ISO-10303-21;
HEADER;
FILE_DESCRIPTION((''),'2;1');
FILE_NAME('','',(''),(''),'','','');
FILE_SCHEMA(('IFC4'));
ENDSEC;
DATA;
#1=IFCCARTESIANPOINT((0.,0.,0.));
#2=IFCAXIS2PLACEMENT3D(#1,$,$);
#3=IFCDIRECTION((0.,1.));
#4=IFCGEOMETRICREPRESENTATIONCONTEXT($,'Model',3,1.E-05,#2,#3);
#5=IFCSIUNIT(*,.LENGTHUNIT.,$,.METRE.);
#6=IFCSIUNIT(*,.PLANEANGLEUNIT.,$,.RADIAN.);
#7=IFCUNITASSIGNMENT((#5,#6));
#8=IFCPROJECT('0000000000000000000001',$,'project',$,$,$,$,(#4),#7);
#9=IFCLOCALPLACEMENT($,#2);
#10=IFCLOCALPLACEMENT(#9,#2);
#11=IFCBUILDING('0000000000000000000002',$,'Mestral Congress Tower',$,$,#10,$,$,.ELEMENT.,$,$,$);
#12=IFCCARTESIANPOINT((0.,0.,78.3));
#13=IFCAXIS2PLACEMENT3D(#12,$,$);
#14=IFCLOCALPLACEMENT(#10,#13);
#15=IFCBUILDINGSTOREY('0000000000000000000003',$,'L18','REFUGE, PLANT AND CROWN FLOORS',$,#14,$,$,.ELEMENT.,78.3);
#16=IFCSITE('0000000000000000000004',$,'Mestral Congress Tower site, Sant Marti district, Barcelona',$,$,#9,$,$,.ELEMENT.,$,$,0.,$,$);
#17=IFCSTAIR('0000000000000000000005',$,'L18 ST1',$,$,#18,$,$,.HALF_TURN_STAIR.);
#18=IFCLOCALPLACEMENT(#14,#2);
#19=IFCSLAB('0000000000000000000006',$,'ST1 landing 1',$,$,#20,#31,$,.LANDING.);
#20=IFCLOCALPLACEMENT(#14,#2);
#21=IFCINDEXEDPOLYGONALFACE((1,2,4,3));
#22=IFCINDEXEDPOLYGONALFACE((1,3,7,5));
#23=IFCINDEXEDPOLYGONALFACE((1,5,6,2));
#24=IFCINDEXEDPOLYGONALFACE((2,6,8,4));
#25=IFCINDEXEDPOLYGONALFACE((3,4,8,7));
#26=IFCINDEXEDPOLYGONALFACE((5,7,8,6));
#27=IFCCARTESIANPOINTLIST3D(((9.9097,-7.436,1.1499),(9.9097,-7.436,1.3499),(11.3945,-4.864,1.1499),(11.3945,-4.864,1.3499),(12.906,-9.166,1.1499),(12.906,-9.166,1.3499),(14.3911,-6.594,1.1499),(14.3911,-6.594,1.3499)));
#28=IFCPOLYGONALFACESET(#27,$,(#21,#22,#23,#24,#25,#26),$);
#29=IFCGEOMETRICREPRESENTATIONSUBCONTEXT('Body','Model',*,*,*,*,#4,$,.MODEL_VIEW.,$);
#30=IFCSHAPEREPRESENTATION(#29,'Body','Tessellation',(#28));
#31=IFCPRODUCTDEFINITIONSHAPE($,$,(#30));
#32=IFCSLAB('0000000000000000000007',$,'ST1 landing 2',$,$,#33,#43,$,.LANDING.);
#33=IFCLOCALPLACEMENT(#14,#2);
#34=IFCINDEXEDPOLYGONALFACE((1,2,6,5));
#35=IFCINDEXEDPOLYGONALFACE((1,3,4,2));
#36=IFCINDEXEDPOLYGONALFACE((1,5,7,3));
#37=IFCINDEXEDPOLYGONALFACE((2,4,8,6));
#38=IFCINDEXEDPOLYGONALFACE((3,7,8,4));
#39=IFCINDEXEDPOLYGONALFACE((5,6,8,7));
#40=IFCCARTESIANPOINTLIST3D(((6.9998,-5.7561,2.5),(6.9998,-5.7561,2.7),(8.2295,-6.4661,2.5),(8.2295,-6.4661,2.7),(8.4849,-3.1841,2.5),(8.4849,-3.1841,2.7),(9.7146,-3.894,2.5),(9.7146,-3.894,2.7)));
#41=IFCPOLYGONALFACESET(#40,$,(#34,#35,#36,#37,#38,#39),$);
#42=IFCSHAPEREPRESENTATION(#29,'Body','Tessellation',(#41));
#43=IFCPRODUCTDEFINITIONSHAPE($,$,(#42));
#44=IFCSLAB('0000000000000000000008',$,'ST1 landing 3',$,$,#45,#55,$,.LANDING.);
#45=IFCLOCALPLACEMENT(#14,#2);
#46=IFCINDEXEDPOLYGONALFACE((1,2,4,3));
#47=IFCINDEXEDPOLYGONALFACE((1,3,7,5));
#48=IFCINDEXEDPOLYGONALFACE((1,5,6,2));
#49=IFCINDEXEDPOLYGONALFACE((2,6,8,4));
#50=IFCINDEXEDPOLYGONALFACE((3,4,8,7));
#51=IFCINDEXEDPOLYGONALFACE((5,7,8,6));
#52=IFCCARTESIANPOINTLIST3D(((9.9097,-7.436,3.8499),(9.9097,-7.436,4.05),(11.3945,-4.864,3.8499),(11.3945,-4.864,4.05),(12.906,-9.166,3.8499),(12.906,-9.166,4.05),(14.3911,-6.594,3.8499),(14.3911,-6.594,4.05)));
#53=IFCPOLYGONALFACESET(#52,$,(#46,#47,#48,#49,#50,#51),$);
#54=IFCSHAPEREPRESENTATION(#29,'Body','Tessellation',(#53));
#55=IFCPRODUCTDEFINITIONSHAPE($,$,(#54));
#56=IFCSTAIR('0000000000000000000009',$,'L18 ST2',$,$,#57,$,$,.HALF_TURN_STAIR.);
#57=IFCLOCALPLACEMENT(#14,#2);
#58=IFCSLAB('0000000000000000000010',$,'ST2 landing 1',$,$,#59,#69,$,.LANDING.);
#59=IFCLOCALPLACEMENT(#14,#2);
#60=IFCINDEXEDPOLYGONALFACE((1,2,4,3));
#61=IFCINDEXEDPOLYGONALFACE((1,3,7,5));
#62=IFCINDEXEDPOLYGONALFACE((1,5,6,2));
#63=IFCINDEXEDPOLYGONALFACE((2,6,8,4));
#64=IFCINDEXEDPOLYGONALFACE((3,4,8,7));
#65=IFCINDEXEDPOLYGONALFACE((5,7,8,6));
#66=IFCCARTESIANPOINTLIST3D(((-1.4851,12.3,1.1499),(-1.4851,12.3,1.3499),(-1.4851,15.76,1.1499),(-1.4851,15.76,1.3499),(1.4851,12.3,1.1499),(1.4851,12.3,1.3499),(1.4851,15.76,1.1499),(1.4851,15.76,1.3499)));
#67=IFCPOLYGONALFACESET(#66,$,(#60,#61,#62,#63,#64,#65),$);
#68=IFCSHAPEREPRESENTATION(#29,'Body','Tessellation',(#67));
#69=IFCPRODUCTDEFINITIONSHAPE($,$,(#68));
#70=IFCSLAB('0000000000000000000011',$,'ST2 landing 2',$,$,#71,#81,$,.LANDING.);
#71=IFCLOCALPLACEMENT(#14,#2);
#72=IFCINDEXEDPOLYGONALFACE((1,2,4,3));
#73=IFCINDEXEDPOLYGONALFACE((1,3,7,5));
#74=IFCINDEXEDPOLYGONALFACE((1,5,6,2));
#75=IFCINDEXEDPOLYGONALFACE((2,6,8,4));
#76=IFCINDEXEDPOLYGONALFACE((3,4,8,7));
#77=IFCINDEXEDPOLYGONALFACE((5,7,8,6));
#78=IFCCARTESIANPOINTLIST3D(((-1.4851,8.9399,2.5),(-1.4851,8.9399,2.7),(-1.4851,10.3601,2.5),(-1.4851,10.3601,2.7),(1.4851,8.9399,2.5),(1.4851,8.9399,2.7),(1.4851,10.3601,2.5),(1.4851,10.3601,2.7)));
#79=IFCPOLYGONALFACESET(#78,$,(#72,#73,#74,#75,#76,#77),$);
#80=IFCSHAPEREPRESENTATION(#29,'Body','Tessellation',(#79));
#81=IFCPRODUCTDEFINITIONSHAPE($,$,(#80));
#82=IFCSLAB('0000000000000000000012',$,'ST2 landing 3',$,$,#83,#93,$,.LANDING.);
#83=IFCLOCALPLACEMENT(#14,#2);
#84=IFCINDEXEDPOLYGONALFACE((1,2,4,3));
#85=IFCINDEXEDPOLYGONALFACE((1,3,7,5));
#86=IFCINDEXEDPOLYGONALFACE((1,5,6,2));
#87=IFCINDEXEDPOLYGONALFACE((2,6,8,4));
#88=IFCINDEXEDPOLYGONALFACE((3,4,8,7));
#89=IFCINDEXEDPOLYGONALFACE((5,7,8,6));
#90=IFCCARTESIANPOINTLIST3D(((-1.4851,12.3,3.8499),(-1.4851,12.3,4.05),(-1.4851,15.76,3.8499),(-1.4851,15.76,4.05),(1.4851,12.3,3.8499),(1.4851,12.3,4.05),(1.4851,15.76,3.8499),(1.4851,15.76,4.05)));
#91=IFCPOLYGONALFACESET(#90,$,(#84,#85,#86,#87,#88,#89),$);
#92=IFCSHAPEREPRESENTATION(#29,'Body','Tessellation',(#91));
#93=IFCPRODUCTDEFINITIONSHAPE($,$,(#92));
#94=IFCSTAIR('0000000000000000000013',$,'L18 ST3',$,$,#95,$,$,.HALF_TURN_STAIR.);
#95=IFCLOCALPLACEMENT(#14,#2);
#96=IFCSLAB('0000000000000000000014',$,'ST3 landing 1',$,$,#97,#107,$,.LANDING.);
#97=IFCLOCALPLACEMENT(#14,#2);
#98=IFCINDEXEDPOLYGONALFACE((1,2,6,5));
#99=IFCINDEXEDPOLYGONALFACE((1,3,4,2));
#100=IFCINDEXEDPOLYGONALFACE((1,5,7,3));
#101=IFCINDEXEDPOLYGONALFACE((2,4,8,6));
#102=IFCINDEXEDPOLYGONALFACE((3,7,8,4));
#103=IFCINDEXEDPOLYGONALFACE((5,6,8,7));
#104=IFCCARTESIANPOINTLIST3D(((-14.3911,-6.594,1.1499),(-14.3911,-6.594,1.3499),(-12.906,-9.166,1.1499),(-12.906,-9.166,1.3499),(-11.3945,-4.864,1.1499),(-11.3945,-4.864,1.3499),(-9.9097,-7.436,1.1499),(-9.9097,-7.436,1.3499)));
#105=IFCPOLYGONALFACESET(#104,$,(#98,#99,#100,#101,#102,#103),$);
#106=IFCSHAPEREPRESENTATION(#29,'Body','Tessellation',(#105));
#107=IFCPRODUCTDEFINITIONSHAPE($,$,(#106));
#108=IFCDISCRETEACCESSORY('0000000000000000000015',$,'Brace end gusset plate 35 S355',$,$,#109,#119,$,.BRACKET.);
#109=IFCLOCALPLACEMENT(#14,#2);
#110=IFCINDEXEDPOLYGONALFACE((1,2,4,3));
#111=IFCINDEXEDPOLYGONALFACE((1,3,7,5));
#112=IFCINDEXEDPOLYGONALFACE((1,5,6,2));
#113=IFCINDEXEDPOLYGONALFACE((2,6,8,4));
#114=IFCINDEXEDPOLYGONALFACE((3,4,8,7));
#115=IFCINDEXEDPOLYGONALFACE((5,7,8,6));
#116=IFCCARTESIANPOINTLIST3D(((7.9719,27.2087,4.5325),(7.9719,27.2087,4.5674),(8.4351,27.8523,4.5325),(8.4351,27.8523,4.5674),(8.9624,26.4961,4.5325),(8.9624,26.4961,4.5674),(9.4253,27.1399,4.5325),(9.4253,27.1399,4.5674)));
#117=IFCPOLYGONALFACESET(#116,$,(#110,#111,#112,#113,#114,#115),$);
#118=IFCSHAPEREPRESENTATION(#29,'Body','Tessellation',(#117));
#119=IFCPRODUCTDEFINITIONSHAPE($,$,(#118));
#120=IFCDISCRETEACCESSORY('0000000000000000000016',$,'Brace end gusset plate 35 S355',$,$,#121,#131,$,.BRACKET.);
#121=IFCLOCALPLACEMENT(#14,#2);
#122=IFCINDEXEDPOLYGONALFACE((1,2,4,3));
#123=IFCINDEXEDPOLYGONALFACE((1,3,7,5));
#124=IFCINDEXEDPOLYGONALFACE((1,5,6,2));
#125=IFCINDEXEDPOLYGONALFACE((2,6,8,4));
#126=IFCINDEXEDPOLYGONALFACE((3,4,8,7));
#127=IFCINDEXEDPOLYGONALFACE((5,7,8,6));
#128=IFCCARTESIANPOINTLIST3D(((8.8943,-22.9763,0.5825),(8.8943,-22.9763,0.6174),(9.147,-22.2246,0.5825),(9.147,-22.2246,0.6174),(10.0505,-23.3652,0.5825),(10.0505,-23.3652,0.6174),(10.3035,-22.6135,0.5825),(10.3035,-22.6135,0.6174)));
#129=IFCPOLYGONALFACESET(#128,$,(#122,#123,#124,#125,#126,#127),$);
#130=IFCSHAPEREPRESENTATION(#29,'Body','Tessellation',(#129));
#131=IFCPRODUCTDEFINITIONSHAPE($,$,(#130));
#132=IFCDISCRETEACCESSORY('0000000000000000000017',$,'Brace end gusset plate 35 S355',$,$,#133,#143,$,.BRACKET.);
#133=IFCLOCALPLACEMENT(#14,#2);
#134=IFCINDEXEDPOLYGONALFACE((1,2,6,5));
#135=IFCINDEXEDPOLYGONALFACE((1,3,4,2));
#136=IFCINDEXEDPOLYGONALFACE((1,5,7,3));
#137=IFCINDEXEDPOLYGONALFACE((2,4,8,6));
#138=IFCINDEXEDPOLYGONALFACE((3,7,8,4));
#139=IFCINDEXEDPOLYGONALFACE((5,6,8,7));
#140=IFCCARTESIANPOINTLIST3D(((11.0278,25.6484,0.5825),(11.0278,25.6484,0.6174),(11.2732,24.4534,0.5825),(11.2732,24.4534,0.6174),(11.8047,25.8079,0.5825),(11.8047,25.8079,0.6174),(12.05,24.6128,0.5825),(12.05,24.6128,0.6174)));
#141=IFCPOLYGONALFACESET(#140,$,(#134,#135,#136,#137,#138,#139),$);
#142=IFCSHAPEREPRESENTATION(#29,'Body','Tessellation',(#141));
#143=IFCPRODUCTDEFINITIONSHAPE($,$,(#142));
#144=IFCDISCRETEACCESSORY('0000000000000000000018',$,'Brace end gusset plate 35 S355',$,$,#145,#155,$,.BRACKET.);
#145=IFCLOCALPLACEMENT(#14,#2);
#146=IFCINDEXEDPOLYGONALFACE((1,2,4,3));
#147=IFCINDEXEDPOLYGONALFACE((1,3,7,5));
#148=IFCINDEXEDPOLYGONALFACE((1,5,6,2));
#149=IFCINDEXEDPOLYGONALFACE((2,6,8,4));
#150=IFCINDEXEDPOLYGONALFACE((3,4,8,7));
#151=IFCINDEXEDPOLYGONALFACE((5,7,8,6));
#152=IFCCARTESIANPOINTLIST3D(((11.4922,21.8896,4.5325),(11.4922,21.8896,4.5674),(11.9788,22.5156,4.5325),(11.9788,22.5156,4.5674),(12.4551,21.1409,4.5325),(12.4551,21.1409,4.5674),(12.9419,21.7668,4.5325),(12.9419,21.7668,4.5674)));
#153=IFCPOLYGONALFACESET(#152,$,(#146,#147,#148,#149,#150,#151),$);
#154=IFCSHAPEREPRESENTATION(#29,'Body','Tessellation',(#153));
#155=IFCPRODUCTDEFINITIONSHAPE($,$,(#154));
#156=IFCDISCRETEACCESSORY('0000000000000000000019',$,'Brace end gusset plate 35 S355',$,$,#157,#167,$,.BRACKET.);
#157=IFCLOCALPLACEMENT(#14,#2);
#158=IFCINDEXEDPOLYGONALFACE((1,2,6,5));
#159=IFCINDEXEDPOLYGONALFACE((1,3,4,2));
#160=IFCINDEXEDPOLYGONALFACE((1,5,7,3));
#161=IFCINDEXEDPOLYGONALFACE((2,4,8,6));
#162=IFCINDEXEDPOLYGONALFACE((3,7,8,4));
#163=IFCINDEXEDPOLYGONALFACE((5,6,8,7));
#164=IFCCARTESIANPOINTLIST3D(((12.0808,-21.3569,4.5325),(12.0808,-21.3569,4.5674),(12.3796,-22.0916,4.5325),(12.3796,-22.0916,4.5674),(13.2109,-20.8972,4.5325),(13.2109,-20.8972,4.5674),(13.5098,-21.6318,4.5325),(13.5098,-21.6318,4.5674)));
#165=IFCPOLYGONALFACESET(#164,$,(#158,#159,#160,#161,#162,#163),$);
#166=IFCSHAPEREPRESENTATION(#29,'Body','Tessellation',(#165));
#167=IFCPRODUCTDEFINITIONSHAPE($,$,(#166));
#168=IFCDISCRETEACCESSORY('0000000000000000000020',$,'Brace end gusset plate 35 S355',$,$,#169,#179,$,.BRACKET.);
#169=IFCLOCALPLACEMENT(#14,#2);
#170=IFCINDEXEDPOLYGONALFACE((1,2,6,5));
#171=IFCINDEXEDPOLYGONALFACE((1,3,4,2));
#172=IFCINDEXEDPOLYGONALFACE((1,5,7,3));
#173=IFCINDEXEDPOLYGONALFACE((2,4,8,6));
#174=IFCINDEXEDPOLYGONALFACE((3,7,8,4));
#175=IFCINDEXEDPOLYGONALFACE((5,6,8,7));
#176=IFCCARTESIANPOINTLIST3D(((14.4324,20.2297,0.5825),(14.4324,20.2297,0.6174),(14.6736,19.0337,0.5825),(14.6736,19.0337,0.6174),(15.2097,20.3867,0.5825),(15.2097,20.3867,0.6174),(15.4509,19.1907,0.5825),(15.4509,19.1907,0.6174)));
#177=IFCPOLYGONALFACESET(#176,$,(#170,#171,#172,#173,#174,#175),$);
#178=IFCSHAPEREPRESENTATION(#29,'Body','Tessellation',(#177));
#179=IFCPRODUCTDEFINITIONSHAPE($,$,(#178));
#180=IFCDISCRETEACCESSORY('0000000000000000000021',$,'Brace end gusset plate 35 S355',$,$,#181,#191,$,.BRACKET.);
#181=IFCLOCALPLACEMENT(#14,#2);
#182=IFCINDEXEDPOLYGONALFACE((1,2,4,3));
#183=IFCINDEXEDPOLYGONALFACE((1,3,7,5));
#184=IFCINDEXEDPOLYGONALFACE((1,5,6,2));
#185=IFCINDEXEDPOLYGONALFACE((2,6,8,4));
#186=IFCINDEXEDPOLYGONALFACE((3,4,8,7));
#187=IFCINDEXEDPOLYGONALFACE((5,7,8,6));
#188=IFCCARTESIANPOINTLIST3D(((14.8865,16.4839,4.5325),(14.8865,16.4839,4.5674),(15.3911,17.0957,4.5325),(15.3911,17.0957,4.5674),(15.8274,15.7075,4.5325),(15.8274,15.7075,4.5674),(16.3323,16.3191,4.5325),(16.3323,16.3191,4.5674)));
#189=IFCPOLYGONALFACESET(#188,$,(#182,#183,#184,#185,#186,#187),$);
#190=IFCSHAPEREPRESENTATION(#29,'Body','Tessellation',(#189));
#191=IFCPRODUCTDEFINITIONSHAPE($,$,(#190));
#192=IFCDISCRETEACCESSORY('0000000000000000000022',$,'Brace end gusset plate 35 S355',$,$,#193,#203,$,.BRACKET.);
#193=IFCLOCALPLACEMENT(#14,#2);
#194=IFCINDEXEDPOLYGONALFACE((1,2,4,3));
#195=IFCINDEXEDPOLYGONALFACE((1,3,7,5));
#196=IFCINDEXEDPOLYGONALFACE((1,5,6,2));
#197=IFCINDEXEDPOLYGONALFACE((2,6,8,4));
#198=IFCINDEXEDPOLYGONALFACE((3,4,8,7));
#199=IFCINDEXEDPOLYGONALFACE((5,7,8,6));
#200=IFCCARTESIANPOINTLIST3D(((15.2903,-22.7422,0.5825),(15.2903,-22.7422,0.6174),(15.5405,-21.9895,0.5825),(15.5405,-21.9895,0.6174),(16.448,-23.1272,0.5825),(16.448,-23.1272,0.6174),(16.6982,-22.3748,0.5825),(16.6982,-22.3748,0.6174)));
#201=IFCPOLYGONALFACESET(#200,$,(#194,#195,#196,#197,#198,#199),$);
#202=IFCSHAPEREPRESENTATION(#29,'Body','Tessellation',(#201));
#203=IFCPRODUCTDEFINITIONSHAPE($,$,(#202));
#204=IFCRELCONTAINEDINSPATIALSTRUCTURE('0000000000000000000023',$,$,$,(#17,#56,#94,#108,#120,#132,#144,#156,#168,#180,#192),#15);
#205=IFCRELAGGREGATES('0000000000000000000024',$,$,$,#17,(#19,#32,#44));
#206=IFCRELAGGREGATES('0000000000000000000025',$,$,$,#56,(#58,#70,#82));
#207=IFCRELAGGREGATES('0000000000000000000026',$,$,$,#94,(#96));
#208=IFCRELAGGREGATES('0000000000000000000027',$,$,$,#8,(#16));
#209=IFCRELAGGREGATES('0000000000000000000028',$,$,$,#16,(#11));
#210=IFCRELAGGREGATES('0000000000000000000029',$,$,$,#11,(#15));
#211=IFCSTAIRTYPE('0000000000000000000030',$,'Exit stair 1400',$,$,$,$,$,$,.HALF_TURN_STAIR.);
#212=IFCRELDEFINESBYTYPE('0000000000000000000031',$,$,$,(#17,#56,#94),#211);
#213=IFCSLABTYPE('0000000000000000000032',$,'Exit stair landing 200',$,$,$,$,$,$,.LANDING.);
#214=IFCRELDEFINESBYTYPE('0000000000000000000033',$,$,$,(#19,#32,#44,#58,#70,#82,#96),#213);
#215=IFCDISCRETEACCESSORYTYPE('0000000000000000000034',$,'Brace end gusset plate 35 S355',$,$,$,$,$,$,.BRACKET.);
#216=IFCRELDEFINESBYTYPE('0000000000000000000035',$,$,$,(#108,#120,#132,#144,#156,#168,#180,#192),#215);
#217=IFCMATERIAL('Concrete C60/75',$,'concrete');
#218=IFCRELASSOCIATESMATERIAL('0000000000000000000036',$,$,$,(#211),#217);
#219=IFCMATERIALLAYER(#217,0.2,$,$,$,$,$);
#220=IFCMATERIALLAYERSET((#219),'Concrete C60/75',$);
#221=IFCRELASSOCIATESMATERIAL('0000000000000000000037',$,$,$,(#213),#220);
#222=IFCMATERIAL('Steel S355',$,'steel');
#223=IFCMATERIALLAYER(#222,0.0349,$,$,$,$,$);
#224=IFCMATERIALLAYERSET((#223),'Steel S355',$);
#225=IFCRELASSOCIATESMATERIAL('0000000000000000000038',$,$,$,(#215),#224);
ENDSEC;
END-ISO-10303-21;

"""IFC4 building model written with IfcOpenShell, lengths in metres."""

from ifc_helpers import new_model, si_unit, direction, frame, origin, place, context, subcontext, project, spatial, polyline, outline, extrude, material, layer, layer_set, type_object, element, aggregate, save


model = new_model("IFC4")

# Units and contexts
model_context = context("Model", 3, precision=1e-05, world=origin(), true_north=direction((0.0, 1.0)))
body_context = subcontext(model_context, "Body", "Model", "MODEL_VIEW")
ifc_project = project(units=[si_unit("LENGTHUNIT", "METRE"), si_unit("PLANEANGLEUNIT", "RADIAN")], contexts=[model_context])

# Site, building, storey
site_placement = place(None, origin())
site = spatial("IfcSite", under=ifc_project, at=site_placement, Name="Mestral Congress Tower site, Sant Marti district, Barcelona", CompositionType="ELEMENT", RefElevation=0.0)
building_placement = place(site_placement, origin())
building = spatial("IfcBuilding", under=site, at=building_placement, Name="Mestral Congress Tower", CompositionType="ELEMENT")
storey_placement = place(building_placement, frame((0.0, 0.0, 78.3)))
storey = spatial("IfcBuildingStorey", under=building, at=storey_placement, Name="L18", Description="REFUGE, PLANT AND CROWN FLOORS", CompositionType="ELEMENT", Elevation=78.3)

# Stairs, slabs
ifc_material_1 = material(Name="Concrete C60/75", Category="concrete")
stair_type = type_object("IfcStairType", Name="Exit stair 1400", PredefinedType="HALF_TURN_STAIR", material=ifc_material_1)
placement_1 = place(storey_placement, origin())
stair_1 = element("IfcStair", 1, at=placement_1, inside=storey, type_object=stair_type, Name="L18 ST1", PredefinedType="HALF_TURN_STAIR")
ifc_layer_1 = layer(ifc_material_1, 0.2)
ifc_layer_set_1 = layer_set([ifc_layer_1], Name="Concrete C60/75")
slab_type = type_object("IfcSlabType", Name="Exit stair landing 200", PredefinedType="LANDING", material=ifc_layer_set_1)
placement_2 = place(storey_placement, frame((0.0, 0.0, 1.1499)))
slab_1 = element("IfcSlab", 2, at=placement_2, type_object=slab_type, Name="ST1 landing 1", PredefinedType="LANDING", context=body_context, shape_type="SweptSolid", body=[
    extrude(outline(polyline([(9.9097, -7.436), (11.3945, -4.864), (14.3911, -6.594), (12.906, -9.166), (9.9097, -7.436)])), origin(), (0.0, 0.0, 1.0), 0.2),
])
placement_3 = place(storey_placement, frame((0.0, 0.0, 2.5)))
slab_2 = element("IfcSlab", 3, at=placement_3, type_object=slab_type, Name="ST1 landing 2", PredefinedType="LANDING", context=body_context, shape_type="SweptSolid", body=[
    extrude(outline(polyline([(6.9998, -5.7561), (8.4849, -3.1841), (9.7146, -3.894), (8.2295, -6.4661), (6.9998, -5.7561)])), origin(), (0.0, 0.0, 1.0), 0.2),
])
placement_4 = place(storey_placement, frame((0.0, 0.0, 3.8499)))
slab_3 = element("IfcSlab", 4, at=placement_4, type_object=slab_type, Name="ST1 landing 3", PredefinedType="LANDING", context=body_context, shape_type="SweptSolid", body=[
    extrude(outline(polyline([(9.9097, -7.436), (11.3945, -4.864), (14.3911, -6.594), (12.906, -9.166), (9.9097, -7.436)])), origin(), (0.0, 0.0, 1.0), 0.2002),
])
aggregate(stair_1, [slab_1, slab_2, slab_3])
stair_2 = element("IfcStair", 5, at=placement_1, inside=storey, type_object=stair_type, Name="L18 ST2", PredefinedType="HALF_TURN_STAIR")
slab_4 = element("IfcSlab", 6, at=placement_2, type_object=slab_type, Name="ST2 landing 1", PredefinedType="LANDING", context=body_context, shape_type="SweptSolid", body=[
    extrude(outline(polyline([(1.4851, 12.3), (-1.4851, 12.3), (-1.4851, 15.76), (1.4851, 15.76), (1.4851, 12.3)])), origin(), (0.0, 0.0, 1.0), 0.2),
])
slab_5 = element("IfcSlab", 7, at=placement_3, type_object=slab_type, Name="ST2 landing 2", PredefinedType="LANDING", context=body_context, shape_type="SweptSolid", body=[
    extrude(outline(polyline([(1.4851, 8.9399), (-1.4851, 8.9399), (-1.4851, 10.3601), (1.4851, 10.3601), (1.4851, 8.9399)])), origin(), (0.0, 0.0, 1.0), 0.2),
])
slab_6 = element("IfcSlab", 8, at=placement_4, type_object=slab_type, Name="ST2 landing 3", PredefinedType="LANDING", context=body_context, shape_type="SweptSolid", body=[
    extrude(outline(polyline([(1.4851, 12.3), (-1.4851, 12.3), (-1.4851, 15.76), (1.4851, 15.76), (1.4851, 12.3)])), origin(), (0.0, 0.0, 1.0), 0.2002),
])
aggregate(stair_2, [slab_4, slab_5, slab_6])

# Stair, slab
stair_3 = element("IfcStair", 9, at=placement_1, inside=storey, type_object=stair_type, Name="L18 ST3", PredefinedType="HALF_TURN_STAIR")
slab_7 = element("IfcSlab", 10, at=placement_2, type_object=slab_type, Name="ST3 landing 1", PredefinedType="LANDING", context=body_context, shape_type="SweptSolid", body=[
    extrude(outline(polyline([(-11.3945, -4.864), (-9.9097, -7.436), (-12.906, -9.166), (-14.3911, -6.594), (-11.3945, -4.864)])), origin(), (0.0, 0.0, 1.0), 0.2),
])
aggregate(stair_3, [slab_7])

# Discrete accessories
ifc_material_2 = material(Name="Steel S355", Category="steel")
ifc_layer_2 = layer(ifc_material_2, 0.0349)
ifc_layer_set_2 = layer_set([ifc_layer_2], Name="Steel S355")
discrete_accessory_type = type_object("IfcDiscreteAccessoryType", Name="Brace end gusset plate 35 S355", PredefinedType="BRACKET", material=ifc_layer_set_2)
placement_5 = place(storey_placement, frame((0.0, 0.0, 4.5325)))
element("IfcDiscreteAccessory", 11, at=placement_5, inside=storey, type_object=discrete_accessory_type, Name="Brace end gusset plate 35 S355", PredefinedType="BRACKET", context=body_context, shape_type="SweptSolid", body=[
    extrude(outline(polyline([(7.9719, 27.2087), (8.9624, 26.4961), (9.4253, 27.1399), (8.4351, 27.8523), (7.9719, 27.2087)])), origin(), (0.0, 0.0, 1.0), 0.0349),
])
placement_6 = place(storey_placement, frame((0.0, 0.0, 0.5825)))
element("IfcDiscreteAccessory", 12, at=placement_6, inside=storey, type_object=discrete_accessory_type, Name="Brace end gusset plate 35 S355", PredefinedType="BRACKET", context=body_context, shape_type="SweptSolid", body=[
    extrude(outline(polyline([(10.3035, -22.6135), (9.147, -22.2246), (8.8943, -22.9763), (10.0505, -23.3652), (10.3035, -22.6135)])), origin(), (0.0, 0.0, 1.0), 0.0349),
])
element("IfcDiscreteAccessory", 13, at=placement_6, inside=storey, type_object=discrete_accessory_type, Name="Brace end gusset plate 35 S355", PredefinedType="BRACKET", context=body_context, shape_type="SweptSolid", body=[
    extrude(outline(polyline([(11.0278, 25.6484), (11.2732, 24.4534), (12.05, 24.6128), (11.8047, 25.8079), (11.0278, 25.6484)])), origin(), (0.0, 0.0, 1.0), 0.0349),
])
element("IfcDiscreteAccessory", 14, at=placement_5, inside=storey, type_object=discrete_accessory_type, Name="Brace end gusset plate 35 S355", PredefinedType="BRACKET", context=body_context, shape_type="SweptSolid", body=[
    extrude(outline(polyline([(11.4922, 21.8896), (12.4551, 21.1409), (12.9419, 21.7668), (11.9788, 22.5156), (11.4922, 21.8896)])), origin(), (0.0, 0.0, 1.0), 0.0349),
])
element("IfcDiscreteAccessory", 15, at=placement_5, inside=storey, type_object=discrete_accessory_type, Name="Brace end gusset plate 35 S355", PredefinedType="BRACKET", context=body_context, shape_type="SweptSolid", body=[
    extrude(outline(polyline([(13.2109, -20.8972), (12.0808, -21.3569), (12.3796, -22.0916), (13.5098, -21.6318), (13.2109, -20.8972)])), origin(), (0.0, 0.0, 1.0), 0.0349),
])
element("IfcDiscreteAccessory", 16, at=placement_6, inside=storey, type_object=discrete_accessory_type, Name="Brace end gusset plate 35 S355", PredefinedType="BRACKET", context=body_context, shape_type="SweptSolid", body=[
    extrude(outline(polyline([(14.4324, 20.2297), (14.6736, 19.0337), (15.4509, 19.1907), (15.2097, 20.3867), (14.4324, 20.2297)])), origin(), (0.0, 0.0, 1.0), 0.0349),
])
element("IfcDiscreteAccessory", 17, at=placement_5, inside=storey, type_object=discrete_accessory_type, Name="Brace end gusset plate 35 S355", PredefinedType="BRACKET", context=body_context, shape_type="SweptSolid", body=[
    extrude(outline(polyline([(14.8865, 16.4839), (15.8274, 15.7075), (16.3323, 16.3191), (15.3911, 17.0957), (14.8865, 16.4839)])), origin(), (0.0, 0.0, 1.0), 0.0349),
])
element("IfcDiscreteAccessory", 18, at=placement_6, inside=storey, type_object=discrete_accessory_type, Name="Brace end gusset plate 35 S355", PredefinedType="BRACKET", context=body_context, shape_type="SweptSolid", body=[
    extrude(outline(polyline([(16.6982, -22.3748), (15.5405, -21.9895), (15.2903, -22.7422), (16.448, -23.1272), (16.6982, -22.3748)])), origin(), (0.0, 0.0, 1.0), 0.0349),
])

save(model, "model.ifc")
